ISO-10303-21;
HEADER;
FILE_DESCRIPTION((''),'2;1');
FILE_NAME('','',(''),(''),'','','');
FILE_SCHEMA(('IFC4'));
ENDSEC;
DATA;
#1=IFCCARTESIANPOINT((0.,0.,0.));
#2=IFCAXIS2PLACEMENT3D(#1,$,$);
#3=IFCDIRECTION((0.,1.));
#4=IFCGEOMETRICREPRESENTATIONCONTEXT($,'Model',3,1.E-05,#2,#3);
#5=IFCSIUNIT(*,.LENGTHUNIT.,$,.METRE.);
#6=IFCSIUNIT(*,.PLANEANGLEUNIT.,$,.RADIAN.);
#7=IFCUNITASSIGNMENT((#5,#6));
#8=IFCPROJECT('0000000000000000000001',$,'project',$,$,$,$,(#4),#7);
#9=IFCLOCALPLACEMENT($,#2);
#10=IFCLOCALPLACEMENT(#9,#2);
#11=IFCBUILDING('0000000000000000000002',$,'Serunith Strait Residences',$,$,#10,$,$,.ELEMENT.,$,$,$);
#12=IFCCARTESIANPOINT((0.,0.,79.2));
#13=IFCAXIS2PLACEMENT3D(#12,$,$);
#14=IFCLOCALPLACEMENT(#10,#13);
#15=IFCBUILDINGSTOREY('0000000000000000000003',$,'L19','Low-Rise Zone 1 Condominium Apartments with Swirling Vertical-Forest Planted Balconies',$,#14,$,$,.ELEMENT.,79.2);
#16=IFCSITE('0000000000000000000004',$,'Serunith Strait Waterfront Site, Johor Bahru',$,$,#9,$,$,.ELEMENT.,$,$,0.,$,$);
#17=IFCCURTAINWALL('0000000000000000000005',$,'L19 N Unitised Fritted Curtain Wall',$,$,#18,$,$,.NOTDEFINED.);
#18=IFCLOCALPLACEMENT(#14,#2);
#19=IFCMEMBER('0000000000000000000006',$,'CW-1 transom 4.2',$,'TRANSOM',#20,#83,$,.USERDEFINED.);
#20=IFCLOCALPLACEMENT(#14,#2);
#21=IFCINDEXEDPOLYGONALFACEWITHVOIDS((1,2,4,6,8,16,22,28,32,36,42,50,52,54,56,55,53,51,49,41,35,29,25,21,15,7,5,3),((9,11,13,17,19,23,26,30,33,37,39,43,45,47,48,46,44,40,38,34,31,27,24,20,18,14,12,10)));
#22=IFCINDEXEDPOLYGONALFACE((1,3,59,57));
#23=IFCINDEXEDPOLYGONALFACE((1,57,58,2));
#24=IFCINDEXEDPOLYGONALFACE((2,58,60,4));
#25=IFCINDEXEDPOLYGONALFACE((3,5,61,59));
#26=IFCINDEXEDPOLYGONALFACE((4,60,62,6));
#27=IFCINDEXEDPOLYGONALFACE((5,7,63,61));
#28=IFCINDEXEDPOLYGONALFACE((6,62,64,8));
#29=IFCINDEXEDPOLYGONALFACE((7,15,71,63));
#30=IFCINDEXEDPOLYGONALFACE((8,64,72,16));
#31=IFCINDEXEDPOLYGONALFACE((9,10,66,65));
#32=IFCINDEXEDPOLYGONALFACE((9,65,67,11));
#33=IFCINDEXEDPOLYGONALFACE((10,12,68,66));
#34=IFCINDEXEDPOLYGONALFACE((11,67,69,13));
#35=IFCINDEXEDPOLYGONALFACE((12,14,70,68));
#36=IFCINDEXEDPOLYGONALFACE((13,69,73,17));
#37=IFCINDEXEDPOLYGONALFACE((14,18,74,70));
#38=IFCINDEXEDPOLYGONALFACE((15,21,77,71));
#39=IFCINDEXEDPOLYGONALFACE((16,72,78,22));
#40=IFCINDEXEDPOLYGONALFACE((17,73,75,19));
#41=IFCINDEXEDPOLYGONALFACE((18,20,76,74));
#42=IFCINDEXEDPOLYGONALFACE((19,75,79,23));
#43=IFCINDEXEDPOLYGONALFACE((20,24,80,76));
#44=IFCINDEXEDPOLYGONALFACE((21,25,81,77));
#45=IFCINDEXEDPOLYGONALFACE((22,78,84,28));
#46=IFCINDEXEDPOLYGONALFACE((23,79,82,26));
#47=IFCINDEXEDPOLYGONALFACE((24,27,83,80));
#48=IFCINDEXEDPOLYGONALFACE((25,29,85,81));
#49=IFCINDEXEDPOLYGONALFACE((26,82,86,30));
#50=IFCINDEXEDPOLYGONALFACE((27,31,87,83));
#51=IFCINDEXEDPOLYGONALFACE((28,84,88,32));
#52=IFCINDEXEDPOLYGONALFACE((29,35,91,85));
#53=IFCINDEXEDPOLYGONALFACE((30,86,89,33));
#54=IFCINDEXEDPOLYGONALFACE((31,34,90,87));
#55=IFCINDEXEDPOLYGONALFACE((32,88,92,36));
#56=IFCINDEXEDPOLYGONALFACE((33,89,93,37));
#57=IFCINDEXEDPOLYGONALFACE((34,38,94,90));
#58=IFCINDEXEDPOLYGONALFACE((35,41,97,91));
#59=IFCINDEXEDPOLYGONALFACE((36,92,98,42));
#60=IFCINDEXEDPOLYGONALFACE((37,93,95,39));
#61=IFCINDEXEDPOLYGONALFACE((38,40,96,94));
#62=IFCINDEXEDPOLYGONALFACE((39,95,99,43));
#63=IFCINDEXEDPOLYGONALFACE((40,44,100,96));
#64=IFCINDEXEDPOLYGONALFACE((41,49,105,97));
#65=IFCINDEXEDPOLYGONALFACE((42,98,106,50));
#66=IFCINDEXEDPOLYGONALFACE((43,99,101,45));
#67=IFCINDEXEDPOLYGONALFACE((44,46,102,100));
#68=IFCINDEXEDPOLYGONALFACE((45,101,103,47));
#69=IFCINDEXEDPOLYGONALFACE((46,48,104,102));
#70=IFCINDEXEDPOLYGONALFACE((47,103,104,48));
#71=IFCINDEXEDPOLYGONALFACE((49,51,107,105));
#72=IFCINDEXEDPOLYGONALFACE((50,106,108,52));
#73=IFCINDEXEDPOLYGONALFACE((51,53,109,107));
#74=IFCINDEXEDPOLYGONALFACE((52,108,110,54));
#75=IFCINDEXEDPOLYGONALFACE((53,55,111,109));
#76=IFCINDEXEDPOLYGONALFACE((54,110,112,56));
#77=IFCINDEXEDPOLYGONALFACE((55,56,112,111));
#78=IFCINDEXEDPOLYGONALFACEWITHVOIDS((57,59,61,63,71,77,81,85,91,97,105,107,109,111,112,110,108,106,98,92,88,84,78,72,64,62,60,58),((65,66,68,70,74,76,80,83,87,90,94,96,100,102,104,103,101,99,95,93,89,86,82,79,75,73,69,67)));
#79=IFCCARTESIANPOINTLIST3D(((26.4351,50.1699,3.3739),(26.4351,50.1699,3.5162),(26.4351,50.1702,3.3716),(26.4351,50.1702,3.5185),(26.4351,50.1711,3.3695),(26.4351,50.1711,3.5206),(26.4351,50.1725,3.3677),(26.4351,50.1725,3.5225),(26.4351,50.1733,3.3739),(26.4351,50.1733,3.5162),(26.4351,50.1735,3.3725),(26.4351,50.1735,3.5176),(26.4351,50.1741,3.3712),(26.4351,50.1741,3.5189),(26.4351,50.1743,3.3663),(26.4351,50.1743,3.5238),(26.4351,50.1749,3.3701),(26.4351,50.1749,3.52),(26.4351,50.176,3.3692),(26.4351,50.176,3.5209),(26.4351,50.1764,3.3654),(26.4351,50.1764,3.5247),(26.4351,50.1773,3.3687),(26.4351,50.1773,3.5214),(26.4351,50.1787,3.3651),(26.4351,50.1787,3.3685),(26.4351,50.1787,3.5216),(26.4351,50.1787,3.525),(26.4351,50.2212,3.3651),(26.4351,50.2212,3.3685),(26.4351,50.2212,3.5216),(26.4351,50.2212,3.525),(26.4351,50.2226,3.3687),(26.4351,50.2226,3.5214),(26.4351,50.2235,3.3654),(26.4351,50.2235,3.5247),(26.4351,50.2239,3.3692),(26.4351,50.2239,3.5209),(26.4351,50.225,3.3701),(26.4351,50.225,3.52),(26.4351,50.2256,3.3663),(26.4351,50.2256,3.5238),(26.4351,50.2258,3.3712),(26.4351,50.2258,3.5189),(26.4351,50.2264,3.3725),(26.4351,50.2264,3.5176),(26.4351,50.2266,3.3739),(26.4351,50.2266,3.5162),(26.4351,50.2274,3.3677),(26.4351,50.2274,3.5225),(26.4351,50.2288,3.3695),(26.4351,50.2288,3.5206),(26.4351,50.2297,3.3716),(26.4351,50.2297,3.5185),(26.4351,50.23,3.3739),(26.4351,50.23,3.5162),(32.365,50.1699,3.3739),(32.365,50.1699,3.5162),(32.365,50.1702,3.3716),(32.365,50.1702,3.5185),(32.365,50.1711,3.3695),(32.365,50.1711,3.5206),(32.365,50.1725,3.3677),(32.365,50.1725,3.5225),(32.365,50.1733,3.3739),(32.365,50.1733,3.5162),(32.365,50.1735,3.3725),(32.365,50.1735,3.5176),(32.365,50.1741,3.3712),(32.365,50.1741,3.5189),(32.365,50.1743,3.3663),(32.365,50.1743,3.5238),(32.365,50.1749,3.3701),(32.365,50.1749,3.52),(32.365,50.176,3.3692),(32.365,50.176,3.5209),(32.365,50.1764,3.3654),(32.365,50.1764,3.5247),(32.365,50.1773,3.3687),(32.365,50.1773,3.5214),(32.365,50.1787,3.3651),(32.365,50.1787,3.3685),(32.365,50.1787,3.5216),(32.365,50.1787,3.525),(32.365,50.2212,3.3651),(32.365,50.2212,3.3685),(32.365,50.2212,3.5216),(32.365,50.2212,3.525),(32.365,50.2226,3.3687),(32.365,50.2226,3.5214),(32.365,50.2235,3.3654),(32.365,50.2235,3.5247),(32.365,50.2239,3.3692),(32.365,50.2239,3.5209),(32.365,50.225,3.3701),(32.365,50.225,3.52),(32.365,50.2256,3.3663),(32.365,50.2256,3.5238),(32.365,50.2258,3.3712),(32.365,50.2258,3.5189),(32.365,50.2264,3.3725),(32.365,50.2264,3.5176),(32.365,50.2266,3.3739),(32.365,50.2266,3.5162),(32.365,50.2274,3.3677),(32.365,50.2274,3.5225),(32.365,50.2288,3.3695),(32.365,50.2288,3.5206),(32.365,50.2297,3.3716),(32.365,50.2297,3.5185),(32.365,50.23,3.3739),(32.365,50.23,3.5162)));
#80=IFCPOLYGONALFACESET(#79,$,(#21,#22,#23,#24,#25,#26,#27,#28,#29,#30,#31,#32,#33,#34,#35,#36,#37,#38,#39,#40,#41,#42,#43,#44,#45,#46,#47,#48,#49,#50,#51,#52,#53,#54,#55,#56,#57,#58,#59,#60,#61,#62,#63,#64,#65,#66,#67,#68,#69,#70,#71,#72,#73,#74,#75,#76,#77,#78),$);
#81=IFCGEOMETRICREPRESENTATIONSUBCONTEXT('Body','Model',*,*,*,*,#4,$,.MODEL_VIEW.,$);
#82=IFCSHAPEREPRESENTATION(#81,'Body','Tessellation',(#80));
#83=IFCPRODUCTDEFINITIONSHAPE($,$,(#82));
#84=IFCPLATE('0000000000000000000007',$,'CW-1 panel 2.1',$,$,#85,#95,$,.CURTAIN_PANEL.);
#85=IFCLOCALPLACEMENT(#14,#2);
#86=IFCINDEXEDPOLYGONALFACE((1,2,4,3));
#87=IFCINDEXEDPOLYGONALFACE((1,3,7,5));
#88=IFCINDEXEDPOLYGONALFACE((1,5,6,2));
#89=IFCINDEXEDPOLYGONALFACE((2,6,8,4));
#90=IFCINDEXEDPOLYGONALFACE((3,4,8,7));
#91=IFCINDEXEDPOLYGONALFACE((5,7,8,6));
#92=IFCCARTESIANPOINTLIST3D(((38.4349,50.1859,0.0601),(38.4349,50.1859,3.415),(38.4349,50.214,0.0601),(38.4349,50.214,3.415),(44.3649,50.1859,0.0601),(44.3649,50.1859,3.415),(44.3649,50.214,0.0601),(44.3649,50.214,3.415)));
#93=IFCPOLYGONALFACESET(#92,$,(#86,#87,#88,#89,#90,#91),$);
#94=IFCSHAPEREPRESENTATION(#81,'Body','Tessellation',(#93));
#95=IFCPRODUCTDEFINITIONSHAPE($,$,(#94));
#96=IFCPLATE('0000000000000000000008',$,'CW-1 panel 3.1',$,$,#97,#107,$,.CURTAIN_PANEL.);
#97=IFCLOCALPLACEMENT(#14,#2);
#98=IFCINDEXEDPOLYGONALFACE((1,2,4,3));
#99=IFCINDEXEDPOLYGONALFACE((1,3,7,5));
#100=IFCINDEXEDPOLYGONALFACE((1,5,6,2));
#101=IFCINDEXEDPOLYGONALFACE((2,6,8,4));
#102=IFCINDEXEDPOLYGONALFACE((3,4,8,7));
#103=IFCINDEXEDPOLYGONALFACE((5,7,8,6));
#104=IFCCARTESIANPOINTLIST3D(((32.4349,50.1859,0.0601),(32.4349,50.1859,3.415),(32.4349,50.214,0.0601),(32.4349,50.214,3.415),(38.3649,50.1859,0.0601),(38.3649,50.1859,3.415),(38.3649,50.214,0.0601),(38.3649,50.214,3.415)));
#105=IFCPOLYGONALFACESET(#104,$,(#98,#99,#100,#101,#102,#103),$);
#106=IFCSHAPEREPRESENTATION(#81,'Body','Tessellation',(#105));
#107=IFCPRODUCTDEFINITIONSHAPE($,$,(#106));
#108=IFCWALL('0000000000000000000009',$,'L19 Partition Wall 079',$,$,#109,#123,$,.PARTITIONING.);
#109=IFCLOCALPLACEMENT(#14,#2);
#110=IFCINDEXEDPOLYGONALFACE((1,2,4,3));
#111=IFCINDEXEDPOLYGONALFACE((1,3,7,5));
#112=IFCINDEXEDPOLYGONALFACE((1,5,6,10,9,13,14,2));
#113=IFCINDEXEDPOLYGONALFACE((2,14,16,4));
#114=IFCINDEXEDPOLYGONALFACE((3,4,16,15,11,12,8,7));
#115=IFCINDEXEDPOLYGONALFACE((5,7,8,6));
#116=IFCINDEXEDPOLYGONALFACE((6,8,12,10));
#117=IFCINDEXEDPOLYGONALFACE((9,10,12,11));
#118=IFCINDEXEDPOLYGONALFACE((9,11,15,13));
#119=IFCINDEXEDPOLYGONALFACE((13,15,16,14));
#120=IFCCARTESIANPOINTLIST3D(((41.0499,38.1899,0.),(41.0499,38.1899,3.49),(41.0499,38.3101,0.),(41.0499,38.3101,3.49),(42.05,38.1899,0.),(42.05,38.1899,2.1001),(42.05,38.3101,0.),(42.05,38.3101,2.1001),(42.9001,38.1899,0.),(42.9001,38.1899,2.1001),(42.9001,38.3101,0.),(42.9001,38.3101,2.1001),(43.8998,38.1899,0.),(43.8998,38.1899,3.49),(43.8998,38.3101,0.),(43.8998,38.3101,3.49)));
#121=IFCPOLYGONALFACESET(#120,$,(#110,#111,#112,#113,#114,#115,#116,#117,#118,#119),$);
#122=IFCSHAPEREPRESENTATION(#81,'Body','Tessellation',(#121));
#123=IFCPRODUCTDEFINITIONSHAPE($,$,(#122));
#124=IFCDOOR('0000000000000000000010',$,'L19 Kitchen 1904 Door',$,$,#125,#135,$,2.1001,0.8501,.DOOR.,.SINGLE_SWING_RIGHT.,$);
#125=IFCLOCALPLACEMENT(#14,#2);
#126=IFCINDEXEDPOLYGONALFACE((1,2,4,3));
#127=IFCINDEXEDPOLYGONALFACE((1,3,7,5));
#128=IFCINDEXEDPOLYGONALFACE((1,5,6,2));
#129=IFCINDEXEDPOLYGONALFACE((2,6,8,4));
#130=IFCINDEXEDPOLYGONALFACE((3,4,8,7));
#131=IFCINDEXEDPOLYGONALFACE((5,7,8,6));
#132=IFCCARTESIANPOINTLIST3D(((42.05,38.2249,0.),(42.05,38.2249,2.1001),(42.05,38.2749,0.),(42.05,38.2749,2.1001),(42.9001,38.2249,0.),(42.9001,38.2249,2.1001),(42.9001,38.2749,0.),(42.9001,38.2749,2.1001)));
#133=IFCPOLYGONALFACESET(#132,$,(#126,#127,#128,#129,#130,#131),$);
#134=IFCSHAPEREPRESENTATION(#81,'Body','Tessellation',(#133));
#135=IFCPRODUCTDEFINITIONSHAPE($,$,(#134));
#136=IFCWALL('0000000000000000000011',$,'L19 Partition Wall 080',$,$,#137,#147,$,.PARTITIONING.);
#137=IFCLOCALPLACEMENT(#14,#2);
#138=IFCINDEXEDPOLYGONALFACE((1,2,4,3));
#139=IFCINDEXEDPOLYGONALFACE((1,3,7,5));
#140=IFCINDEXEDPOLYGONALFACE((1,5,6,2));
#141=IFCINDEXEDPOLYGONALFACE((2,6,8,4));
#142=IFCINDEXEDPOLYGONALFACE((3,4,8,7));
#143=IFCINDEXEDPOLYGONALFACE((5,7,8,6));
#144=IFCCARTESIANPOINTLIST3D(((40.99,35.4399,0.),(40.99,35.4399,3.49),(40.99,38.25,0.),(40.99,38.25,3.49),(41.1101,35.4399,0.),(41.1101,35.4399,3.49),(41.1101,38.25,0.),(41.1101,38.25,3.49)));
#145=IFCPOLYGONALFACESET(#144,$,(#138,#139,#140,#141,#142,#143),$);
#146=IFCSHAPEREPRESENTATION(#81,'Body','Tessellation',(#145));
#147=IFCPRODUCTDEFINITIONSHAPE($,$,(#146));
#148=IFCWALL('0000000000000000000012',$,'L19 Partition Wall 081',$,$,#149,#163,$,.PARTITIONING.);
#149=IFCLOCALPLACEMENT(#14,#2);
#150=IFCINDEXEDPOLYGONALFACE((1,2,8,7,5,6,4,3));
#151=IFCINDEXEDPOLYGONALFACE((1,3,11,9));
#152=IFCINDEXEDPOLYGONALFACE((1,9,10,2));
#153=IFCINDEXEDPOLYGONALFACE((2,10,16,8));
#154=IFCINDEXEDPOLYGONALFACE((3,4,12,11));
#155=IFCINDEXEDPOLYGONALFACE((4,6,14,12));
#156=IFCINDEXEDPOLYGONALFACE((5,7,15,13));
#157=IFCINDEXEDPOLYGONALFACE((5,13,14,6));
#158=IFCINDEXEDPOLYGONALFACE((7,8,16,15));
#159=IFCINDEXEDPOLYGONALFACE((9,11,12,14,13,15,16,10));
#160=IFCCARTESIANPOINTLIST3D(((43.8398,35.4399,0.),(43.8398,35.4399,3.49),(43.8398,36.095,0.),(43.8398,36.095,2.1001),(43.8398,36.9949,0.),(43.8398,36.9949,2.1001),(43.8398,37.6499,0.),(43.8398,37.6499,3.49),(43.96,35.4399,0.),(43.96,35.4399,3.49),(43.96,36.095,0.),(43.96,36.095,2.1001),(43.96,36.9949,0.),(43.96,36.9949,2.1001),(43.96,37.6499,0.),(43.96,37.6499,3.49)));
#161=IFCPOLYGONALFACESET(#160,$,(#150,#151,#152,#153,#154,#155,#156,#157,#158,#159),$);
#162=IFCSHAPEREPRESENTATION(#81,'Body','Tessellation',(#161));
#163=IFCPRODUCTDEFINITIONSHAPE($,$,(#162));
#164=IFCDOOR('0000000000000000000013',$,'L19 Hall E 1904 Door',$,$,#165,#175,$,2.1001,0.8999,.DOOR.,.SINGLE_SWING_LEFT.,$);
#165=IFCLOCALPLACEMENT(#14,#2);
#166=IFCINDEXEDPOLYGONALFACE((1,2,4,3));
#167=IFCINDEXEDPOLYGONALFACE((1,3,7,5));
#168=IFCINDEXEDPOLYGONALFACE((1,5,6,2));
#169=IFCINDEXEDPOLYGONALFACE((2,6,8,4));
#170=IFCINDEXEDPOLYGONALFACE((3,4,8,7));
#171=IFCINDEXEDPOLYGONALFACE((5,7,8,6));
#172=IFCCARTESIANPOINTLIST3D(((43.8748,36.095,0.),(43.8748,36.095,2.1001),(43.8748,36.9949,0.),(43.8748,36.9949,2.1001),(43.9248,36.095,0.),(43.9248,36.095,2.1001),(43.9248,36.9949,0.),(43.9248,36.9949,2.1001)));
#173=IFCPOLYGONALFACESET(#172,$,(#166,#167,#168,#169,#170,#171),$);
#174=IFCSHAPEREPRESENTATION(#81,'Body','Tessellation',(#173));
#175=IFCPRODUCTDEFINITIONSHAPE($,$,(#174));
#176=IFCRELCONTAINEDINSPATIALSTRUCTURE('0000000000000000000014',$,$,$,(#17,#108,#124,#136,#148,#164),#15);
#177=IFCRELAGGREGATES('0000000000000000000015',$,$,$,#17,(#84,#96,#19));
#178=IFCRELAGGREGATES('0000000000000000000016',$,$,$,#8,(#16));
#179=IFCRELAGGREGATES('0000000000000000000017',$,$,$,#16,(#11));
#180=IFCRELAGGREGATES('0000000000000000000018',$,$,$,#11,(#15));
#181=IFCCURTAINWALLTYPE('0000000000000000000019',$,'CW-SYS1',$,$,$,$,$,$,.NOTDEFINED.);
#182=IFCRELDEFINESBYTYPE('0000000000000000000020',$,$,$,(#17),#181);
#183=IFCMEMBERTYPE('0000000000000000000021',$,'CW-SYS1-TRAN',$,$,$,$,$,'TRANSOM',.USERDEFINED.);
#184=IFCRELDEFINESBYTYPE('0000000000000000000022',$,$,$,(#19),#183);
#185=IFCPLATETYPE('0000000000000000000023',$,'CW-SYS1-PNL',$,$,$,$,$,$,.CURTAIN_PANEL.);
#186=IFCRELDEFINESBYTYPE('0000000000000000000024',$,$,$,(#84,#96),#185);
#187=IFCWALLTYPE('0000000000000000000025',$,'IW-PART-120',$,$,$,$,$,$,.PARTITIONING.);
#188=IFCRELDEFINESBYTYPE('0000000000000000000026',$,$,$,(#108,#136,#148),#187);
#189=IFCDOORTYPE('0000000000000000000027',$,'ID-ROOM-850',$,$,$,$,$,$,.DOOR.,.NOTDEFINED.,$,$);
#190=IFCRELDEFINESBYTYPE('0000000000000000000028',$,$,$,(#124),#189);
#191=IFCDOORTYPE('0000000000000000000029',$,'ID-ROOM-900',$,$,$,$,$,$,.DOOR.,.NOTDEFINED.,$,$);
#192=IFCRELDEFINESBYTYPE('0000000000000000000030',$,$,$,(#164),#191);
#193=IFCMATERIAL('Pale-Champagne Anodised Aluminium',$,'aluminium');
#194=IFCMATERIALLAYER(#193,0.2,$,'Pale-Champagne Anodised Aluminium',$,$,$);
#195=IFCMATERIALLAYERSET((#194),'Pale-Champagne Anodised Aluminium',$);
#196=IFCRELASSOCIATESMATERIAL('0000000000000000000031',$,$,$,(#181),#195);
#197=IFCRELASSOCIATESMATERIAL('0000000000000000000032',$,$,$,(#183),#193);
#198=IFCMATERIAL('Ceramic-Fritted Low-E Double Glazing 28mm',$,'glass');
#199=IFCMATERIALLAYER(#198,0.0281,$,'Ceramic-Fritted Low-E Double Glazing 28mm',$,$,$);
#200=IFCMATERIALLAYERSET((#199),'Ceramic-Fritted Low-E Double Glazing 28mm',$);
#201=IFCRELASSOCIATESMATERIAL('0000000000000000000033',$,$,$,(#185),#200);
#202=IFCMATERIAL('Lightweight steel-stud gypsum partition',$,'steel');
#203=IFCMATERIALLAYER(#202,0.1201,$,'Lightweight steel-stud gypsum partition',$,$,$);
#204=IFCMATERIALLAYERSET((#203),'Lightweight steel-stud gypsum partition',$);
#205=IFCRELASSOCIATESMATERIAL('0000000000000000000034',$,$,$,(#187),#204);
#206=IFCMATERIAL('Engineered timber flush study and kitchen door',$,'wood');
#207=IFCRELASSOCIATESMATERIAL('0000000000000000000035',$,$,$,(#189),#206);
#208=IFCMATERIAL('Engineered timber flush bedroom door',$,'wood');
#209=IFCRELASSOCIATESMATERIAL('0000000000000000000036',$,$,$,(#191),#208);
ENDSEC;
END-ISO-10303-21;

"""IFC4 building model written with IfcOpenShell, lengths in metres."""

from ifc_helpers import new_model, si_unit, direction, frame, frame_2d, origin, origin_2d, place, context, subcontext, project, spatial, rectangle, hollow_rectangle, extrude, source, transform, mapped, material, layer, layer_set, material_profile, profile_set, type_object, element, fill, aggregate, save


model = new_model("IFC4")

# Units and contexts
model_context = context("Model", 3, precision=1e-05, world=origin(), true_north=direction((0.0, 1.0)))
body_context = subcontext(model_context, "Body", "Model", "MODEL_VIEW")
ifc_project = project(units=[si_unit("LENGTHUNIT", "METRE"), si_unit("PLANEANGLEUNIT", "RADIAN")], contexts=[model_context])

# Site, building, storey
site_placement = place(None, origin())
site = spatial("IfcSite", under=ifc_project, at=site_placement, Name="Serunith Strait Waterfront Site, Johor Bahru", CompositionType="ELEMENT", RefElevation=0.0)
building_placement = place(site_placement, origin())
building = spatial("IfcBuilding", under=site, at=building_placement, Name="Serunith Strait Residences", CompositionType="ELEMENT")
storey_placement = place(building_placement, frame((0.0, 0.0, 79.2)))
storey = spatial("IfcBuildingStorey", under=building, at=storey_placement, Name="L19", Description="Low-Rise Zone 1 Condominium Apartments with Swirling Vertical-Forest Planted Balconies", CompositionType="ELEMENT", Elevation=79.2)

# Curtain wall, member, plates
ifc_material_1 = material(Name="Pale-Champagne Anodised Aluminium", Category="aluminium")
ifc_layer_1 = layer(ifc_material_1, 0.2, Name="Pale-Champagne Anodised Aluminium")
ifc_layer_set_1 = layer_set([ifc_layer_1], Name="Pale-Champagne Anodised Aluminium")
curtain_wall_type = type_object("IfcCurtainWallType", Name="CW-SYS1", PredefinedType="NOTDEFINED", material=ifc_layer_set_1)
curtain_wall_placement = place(storey_placement, origin())
curtain_wall = element("IfcCurtainWall", 1, at=curtain_wall_placement, inside=storey, type_object=curtain_wall_type, Name="L19 N Unitised Fritted Curtain Wall", PredefinedType="NOTDEFINED")
ifc_material_profile_1 = material_profile(ifc_material_1, hollow_rectangle(XDim=0.0601, YDim=0.1599, WallThickness=0.0034, InnerFilletRadius=0.0054, OuterFilletRadius=0.0088, at=origin_2d()), Name="ALU 160x60x3.5")
ifc_profile_set_1 = profile_set([ifc_material_profile_1], Name="Pale-Champagne Anodised Aluminium")
member_type_1 = type_object("IfcMemberType", Name="CW-SYS1-TRAN", ElementType="TRANSOM", PredefinedType="USERDEFINED", material=ifc_profile_set_1)
shared_shape_1 = source(origin(), body_context, "Body", "SweptSolid", [
    extrude(hollow_rectangle(XDim=0.0601, YDim=0.1599, WallThickness=0.0034, InnerFilletRadius=0.0054, OuterFilletRadius=0.0088, at=origin_2d()), origin(), (0.0, 0.0, 1.0), 5.9299),
])
member_1_placement = place(storey_placement, frame((32.365, 50.2, 3.4451), z_axis=(-1.0, 0.0, 0.0), x_axis=(0.0, -1.0, 0.0)))
member_1 = element("IfcMember", 2, at=member_1_placement, type_object=member_type_1, Name="CW-1 transom 4.2", ObjectType="TRANSOM", PredefinedType="USERDEFINED", context=body_context, shape_type="MappedRepresentation", body=[
    mapped(shared_shape_1, transform((0.0, 0.0, 0.0), scale=1.0)),
])
ifc_material_2 = material(Name="Ceramic-Fritted Low-E Double Glazing 28mm", Category="glass")
ifc_layer_2 = layer(ifc_material_2, 0.0281, Name="Ceramic-Fritted Low-E Double Glazing 28mm")
ifc_layer_set_2 = layer_set([ifc_layer_2], Name="Ceramic-Fritted Low-E Double Glazing 28mm")
plate_type = type_object("IfcPlateType", Name="CW-SYS1-PNL", PredefinedType="CURTAIN_PANEL", material=ifc_layer_set_2)
shared_shape_2 = source(origin(), body_context, "Body", "SweptSolid", [
    extrude(rectangle(XDim=5.9299, YDim=0.0281, at=origin_2d()), origin(), (0.0, 0.0, 1.0), 3.355),
])
plate_1_placement = place(storey_placement, frame((41.3999, 50.2, 0.0601), z_axis=(0.0, 0.0, 1.0), x_axis=(-1.0, 0.0, 0.0)))
plate_1 = element("IfcPlate", 3, at=plate_1_placement, type_object=plate_type, Name="CW-1 panel 2.1", PredefinedType="CURTAIN_PANEL", context=body_context, shape_type="MappedRepresentation", body=[
    mapped(shared_shape_2, transform((0.0, 0.0, 0.0), scale=1.0)),
])
plate_2_placement = place(storey_placement, frame((35.3999, 50.2, 0.0601), z_axis=(0.0, 0.0, 1.0), x_axis=(-1.0, 0.0, 0.0)))
plate_2 = element("IfcPlate", 4, at=plate_2_placement, type_object=plate_type, Name="CW-1 panel 3.1", PredefinedType="CURTAIN_PANEL", context=body_context, shape_type="MappedRepresentation", body=[
    mapped(shared_shape_2, transform((0.0, 0.0, 0.0), scale=1.0)),
])
aggregate(curtain_wall, [plate_1, plate_2, member_1])

# Wall, opening, door
ifc_material_3 = material(Name="Lightweight steel-stud gypsum partition", Category="steel")
ifc_layer_3 = layer(ifc_material_3, 0.1201, Name="Lightweight steel-stud gypsum partition")
ifc_layer_set_3 = layer_set([ifc_layer_3], Name="Lightweight steel-stud gypsum partition")
wall_type_1 = type_object("IfcWallType", Name="IW-PART-120", PredefinedType="PARTITIONING", material=ifc_layer_set_3)
wall_1_placement = place(storey_placement, frame((41.05, 38.25, 0.0), z_axis=(0.0, 0.0, 1.0), x_axis=(1.0, 0.0, 0.0)))
wall_1 = element("IfcWall", 5, at=wall_1_placement, inside=storey, type_object=wall_type_1, Name="L19 Partition Wall 079", PredefinedType="PARTITIONING", context=body_context, shape_type="SweptSolid", body=[
    extrude(rectangle(XDim=2.8499, YDim=0.1201, at=frame_2d((1.4248, 0.0))), origin(), (0.0, 0.0, 1.0), 3.49),
])
opening_1_placement = place(wall_1_placement, frame((1.0, 0.0, 0.0)))
opening_1 = element("IfcOpeningElement", 6, at=opening_1_placement, cuts=wall_1, PredefinedType="OPENING", context=body_context, shape_type="SweptSolid", body=[
    extrude(rectangle(XDim=0.8501, YDim=2.1001, at=frame_2d((0.425, 1.05))), frame((0.0, 0.0701, 0.0), z_axis=(0.0, -1.0, 0.0), x_axis=(1.0, 0.0, 0.0)), (0.0, 0.0, 1.0), 0.1401),
])
ifc_material_4 = material(Name="Engineered timber flush study and kitchen door", Category="wood")
door_type_1 = type_object("IfcDoorType", Name="ID-ROOM-850", OperationType="NOTDEFINED", PredefinedType="DOOR", material=ifc_material_4)
shared_shape_3 = source(origin(), body_context, "Body", "SweptSolid", [
    extrude(rectangle(XDim=0.8501, YDim=2.1001, at=frame_2d((0.425, 1.05))), frame((0.0, 0.0249, 0.0), z_axis=(0.0, -1.0, 0.0), x_axis=(1.0, 0.0, 0.0)), (0.0, 0.0, 1.0), 0.05),
])
door_1_placement = place(opening_1_placement, origin())
door_1 = element("IfcDoor", 7, at=door_1_placement, inside=storey, type_object=door_type_1, Name="L19 Kitchen 1904 Door", OperationType="SINGLE_SWING_RIGHT", OverallHeight=2.1001, OverallWidth=0.8501, PredefinedType="DOOR", context=body_context, shape_type="MappedRepresentation", body=[
    mapped(shared_shape_3, transform((0.0, 0.0, 0.0), scale=1.0)),
])
fill(opening_1, door_1)

# Wall
wall_2_placement = place(storey_placement, frame((41.05, 38.25, 0.0), z_axis=(0.0, 0.0, 1.0), x_axis=(0.0, -1.0, 0.0)))
element("IfcWall", 8, at=wall_2_placement, inside=storey, type_object=wall_type_1, Name="L19 Partition Wall 080", PredefinedType="PARTITIONING", context=body_context, shape_type="SweptSolid", body=[
    extrude(rectangle(XDim=2.8101, YDim=0.1201, at=frame_2d((1.405, 0.0))), origin(), (0.0, 0.0, 1.0), 3.49),
])

# Wall, opening, door
wall_3_placement = place(storey_placement, frame((43.8999, 37.6499, 0.0), z_axis=(0.0, 0.0, 1.0), x_axis=(0.0, -1.0, 0.0)))
wall_3 = element("IfcWall", 9, at=wall_3_placement, inside=storey, type_object=wall_type_1, Name="L19 Partition Wall 081", PredefinedType="PARTITIONING", context=body_context, shape_type="SweptSolid", body=[
    extrude(rectangle(XDim=2.21, YDim=0.1201, at=frame_2d((1.105, 0.0))), origin(), (0.0, 0.0, 1.0), 3.49),
])
opening_2_placement = place(wall_3_placement, frame((0.655, 0.0, 0.0)))
opening_2 = element("IfcOpeningElement", 10, at=opening_2_placement, cuts=wall_3, PredefinedType="OPENING", context=body_context, shape_type="SweptSolid", body=[
    extrude(rectangle(XDim=0.8999, YDim=2.1001, at=frame_2d((0.45, 1.05))), frame((0.0, 0.0701, 0.0), z_axis=(0.0, -1.0, 0.0), x_axis=(1.0, 0.0, 0.0)), (0.0, 0.0, 1.0), 0.1401),
])
ifc_material_5 = material(Name="Engineered timber flush bedroom door", Category="wood")
door_type_2 = type_object("IfcDoorType", Name="ID-ROOM-900", OperationType="NOTDEFINED", PredefinedType="DOOR", material=ifc_material_5)
shared_shape_4 = source(origin(), body_context, "Body", "SweptSolid", [
    extrude(rectangle(XDim=0.8999, YDim=2.1001, at=frame_2d((0.45, 1.05))), frame((0.0, 0.0249, 0.0), z_axis=(0.0, -1.0, 0.0), x_axis=(1.0, 0.0, 0.0)), (0.0, 0.0, 1.0), 0.05),
])
door_2_placement = place(opening_2_placement, origin())
door_2 = element("IfcDoor", 11, at=door_2_placement, inside=storey, type_object=door_type_2, Name="L19 Hall E 1904 Door", OperationType="SINGLE_SWING_LEFT", OverallHeight=2.1001, OverallWidth=0.8999, PredefinedType="DOOR", context=body_context, shape_type="MappedRepresentation", body=[
    mapped(shared_shape_4, transform((0.0, 0.0, 0.0), scale=1.0)),
])
fill(opening_2, door_2)

save(model, "model.ifc")
